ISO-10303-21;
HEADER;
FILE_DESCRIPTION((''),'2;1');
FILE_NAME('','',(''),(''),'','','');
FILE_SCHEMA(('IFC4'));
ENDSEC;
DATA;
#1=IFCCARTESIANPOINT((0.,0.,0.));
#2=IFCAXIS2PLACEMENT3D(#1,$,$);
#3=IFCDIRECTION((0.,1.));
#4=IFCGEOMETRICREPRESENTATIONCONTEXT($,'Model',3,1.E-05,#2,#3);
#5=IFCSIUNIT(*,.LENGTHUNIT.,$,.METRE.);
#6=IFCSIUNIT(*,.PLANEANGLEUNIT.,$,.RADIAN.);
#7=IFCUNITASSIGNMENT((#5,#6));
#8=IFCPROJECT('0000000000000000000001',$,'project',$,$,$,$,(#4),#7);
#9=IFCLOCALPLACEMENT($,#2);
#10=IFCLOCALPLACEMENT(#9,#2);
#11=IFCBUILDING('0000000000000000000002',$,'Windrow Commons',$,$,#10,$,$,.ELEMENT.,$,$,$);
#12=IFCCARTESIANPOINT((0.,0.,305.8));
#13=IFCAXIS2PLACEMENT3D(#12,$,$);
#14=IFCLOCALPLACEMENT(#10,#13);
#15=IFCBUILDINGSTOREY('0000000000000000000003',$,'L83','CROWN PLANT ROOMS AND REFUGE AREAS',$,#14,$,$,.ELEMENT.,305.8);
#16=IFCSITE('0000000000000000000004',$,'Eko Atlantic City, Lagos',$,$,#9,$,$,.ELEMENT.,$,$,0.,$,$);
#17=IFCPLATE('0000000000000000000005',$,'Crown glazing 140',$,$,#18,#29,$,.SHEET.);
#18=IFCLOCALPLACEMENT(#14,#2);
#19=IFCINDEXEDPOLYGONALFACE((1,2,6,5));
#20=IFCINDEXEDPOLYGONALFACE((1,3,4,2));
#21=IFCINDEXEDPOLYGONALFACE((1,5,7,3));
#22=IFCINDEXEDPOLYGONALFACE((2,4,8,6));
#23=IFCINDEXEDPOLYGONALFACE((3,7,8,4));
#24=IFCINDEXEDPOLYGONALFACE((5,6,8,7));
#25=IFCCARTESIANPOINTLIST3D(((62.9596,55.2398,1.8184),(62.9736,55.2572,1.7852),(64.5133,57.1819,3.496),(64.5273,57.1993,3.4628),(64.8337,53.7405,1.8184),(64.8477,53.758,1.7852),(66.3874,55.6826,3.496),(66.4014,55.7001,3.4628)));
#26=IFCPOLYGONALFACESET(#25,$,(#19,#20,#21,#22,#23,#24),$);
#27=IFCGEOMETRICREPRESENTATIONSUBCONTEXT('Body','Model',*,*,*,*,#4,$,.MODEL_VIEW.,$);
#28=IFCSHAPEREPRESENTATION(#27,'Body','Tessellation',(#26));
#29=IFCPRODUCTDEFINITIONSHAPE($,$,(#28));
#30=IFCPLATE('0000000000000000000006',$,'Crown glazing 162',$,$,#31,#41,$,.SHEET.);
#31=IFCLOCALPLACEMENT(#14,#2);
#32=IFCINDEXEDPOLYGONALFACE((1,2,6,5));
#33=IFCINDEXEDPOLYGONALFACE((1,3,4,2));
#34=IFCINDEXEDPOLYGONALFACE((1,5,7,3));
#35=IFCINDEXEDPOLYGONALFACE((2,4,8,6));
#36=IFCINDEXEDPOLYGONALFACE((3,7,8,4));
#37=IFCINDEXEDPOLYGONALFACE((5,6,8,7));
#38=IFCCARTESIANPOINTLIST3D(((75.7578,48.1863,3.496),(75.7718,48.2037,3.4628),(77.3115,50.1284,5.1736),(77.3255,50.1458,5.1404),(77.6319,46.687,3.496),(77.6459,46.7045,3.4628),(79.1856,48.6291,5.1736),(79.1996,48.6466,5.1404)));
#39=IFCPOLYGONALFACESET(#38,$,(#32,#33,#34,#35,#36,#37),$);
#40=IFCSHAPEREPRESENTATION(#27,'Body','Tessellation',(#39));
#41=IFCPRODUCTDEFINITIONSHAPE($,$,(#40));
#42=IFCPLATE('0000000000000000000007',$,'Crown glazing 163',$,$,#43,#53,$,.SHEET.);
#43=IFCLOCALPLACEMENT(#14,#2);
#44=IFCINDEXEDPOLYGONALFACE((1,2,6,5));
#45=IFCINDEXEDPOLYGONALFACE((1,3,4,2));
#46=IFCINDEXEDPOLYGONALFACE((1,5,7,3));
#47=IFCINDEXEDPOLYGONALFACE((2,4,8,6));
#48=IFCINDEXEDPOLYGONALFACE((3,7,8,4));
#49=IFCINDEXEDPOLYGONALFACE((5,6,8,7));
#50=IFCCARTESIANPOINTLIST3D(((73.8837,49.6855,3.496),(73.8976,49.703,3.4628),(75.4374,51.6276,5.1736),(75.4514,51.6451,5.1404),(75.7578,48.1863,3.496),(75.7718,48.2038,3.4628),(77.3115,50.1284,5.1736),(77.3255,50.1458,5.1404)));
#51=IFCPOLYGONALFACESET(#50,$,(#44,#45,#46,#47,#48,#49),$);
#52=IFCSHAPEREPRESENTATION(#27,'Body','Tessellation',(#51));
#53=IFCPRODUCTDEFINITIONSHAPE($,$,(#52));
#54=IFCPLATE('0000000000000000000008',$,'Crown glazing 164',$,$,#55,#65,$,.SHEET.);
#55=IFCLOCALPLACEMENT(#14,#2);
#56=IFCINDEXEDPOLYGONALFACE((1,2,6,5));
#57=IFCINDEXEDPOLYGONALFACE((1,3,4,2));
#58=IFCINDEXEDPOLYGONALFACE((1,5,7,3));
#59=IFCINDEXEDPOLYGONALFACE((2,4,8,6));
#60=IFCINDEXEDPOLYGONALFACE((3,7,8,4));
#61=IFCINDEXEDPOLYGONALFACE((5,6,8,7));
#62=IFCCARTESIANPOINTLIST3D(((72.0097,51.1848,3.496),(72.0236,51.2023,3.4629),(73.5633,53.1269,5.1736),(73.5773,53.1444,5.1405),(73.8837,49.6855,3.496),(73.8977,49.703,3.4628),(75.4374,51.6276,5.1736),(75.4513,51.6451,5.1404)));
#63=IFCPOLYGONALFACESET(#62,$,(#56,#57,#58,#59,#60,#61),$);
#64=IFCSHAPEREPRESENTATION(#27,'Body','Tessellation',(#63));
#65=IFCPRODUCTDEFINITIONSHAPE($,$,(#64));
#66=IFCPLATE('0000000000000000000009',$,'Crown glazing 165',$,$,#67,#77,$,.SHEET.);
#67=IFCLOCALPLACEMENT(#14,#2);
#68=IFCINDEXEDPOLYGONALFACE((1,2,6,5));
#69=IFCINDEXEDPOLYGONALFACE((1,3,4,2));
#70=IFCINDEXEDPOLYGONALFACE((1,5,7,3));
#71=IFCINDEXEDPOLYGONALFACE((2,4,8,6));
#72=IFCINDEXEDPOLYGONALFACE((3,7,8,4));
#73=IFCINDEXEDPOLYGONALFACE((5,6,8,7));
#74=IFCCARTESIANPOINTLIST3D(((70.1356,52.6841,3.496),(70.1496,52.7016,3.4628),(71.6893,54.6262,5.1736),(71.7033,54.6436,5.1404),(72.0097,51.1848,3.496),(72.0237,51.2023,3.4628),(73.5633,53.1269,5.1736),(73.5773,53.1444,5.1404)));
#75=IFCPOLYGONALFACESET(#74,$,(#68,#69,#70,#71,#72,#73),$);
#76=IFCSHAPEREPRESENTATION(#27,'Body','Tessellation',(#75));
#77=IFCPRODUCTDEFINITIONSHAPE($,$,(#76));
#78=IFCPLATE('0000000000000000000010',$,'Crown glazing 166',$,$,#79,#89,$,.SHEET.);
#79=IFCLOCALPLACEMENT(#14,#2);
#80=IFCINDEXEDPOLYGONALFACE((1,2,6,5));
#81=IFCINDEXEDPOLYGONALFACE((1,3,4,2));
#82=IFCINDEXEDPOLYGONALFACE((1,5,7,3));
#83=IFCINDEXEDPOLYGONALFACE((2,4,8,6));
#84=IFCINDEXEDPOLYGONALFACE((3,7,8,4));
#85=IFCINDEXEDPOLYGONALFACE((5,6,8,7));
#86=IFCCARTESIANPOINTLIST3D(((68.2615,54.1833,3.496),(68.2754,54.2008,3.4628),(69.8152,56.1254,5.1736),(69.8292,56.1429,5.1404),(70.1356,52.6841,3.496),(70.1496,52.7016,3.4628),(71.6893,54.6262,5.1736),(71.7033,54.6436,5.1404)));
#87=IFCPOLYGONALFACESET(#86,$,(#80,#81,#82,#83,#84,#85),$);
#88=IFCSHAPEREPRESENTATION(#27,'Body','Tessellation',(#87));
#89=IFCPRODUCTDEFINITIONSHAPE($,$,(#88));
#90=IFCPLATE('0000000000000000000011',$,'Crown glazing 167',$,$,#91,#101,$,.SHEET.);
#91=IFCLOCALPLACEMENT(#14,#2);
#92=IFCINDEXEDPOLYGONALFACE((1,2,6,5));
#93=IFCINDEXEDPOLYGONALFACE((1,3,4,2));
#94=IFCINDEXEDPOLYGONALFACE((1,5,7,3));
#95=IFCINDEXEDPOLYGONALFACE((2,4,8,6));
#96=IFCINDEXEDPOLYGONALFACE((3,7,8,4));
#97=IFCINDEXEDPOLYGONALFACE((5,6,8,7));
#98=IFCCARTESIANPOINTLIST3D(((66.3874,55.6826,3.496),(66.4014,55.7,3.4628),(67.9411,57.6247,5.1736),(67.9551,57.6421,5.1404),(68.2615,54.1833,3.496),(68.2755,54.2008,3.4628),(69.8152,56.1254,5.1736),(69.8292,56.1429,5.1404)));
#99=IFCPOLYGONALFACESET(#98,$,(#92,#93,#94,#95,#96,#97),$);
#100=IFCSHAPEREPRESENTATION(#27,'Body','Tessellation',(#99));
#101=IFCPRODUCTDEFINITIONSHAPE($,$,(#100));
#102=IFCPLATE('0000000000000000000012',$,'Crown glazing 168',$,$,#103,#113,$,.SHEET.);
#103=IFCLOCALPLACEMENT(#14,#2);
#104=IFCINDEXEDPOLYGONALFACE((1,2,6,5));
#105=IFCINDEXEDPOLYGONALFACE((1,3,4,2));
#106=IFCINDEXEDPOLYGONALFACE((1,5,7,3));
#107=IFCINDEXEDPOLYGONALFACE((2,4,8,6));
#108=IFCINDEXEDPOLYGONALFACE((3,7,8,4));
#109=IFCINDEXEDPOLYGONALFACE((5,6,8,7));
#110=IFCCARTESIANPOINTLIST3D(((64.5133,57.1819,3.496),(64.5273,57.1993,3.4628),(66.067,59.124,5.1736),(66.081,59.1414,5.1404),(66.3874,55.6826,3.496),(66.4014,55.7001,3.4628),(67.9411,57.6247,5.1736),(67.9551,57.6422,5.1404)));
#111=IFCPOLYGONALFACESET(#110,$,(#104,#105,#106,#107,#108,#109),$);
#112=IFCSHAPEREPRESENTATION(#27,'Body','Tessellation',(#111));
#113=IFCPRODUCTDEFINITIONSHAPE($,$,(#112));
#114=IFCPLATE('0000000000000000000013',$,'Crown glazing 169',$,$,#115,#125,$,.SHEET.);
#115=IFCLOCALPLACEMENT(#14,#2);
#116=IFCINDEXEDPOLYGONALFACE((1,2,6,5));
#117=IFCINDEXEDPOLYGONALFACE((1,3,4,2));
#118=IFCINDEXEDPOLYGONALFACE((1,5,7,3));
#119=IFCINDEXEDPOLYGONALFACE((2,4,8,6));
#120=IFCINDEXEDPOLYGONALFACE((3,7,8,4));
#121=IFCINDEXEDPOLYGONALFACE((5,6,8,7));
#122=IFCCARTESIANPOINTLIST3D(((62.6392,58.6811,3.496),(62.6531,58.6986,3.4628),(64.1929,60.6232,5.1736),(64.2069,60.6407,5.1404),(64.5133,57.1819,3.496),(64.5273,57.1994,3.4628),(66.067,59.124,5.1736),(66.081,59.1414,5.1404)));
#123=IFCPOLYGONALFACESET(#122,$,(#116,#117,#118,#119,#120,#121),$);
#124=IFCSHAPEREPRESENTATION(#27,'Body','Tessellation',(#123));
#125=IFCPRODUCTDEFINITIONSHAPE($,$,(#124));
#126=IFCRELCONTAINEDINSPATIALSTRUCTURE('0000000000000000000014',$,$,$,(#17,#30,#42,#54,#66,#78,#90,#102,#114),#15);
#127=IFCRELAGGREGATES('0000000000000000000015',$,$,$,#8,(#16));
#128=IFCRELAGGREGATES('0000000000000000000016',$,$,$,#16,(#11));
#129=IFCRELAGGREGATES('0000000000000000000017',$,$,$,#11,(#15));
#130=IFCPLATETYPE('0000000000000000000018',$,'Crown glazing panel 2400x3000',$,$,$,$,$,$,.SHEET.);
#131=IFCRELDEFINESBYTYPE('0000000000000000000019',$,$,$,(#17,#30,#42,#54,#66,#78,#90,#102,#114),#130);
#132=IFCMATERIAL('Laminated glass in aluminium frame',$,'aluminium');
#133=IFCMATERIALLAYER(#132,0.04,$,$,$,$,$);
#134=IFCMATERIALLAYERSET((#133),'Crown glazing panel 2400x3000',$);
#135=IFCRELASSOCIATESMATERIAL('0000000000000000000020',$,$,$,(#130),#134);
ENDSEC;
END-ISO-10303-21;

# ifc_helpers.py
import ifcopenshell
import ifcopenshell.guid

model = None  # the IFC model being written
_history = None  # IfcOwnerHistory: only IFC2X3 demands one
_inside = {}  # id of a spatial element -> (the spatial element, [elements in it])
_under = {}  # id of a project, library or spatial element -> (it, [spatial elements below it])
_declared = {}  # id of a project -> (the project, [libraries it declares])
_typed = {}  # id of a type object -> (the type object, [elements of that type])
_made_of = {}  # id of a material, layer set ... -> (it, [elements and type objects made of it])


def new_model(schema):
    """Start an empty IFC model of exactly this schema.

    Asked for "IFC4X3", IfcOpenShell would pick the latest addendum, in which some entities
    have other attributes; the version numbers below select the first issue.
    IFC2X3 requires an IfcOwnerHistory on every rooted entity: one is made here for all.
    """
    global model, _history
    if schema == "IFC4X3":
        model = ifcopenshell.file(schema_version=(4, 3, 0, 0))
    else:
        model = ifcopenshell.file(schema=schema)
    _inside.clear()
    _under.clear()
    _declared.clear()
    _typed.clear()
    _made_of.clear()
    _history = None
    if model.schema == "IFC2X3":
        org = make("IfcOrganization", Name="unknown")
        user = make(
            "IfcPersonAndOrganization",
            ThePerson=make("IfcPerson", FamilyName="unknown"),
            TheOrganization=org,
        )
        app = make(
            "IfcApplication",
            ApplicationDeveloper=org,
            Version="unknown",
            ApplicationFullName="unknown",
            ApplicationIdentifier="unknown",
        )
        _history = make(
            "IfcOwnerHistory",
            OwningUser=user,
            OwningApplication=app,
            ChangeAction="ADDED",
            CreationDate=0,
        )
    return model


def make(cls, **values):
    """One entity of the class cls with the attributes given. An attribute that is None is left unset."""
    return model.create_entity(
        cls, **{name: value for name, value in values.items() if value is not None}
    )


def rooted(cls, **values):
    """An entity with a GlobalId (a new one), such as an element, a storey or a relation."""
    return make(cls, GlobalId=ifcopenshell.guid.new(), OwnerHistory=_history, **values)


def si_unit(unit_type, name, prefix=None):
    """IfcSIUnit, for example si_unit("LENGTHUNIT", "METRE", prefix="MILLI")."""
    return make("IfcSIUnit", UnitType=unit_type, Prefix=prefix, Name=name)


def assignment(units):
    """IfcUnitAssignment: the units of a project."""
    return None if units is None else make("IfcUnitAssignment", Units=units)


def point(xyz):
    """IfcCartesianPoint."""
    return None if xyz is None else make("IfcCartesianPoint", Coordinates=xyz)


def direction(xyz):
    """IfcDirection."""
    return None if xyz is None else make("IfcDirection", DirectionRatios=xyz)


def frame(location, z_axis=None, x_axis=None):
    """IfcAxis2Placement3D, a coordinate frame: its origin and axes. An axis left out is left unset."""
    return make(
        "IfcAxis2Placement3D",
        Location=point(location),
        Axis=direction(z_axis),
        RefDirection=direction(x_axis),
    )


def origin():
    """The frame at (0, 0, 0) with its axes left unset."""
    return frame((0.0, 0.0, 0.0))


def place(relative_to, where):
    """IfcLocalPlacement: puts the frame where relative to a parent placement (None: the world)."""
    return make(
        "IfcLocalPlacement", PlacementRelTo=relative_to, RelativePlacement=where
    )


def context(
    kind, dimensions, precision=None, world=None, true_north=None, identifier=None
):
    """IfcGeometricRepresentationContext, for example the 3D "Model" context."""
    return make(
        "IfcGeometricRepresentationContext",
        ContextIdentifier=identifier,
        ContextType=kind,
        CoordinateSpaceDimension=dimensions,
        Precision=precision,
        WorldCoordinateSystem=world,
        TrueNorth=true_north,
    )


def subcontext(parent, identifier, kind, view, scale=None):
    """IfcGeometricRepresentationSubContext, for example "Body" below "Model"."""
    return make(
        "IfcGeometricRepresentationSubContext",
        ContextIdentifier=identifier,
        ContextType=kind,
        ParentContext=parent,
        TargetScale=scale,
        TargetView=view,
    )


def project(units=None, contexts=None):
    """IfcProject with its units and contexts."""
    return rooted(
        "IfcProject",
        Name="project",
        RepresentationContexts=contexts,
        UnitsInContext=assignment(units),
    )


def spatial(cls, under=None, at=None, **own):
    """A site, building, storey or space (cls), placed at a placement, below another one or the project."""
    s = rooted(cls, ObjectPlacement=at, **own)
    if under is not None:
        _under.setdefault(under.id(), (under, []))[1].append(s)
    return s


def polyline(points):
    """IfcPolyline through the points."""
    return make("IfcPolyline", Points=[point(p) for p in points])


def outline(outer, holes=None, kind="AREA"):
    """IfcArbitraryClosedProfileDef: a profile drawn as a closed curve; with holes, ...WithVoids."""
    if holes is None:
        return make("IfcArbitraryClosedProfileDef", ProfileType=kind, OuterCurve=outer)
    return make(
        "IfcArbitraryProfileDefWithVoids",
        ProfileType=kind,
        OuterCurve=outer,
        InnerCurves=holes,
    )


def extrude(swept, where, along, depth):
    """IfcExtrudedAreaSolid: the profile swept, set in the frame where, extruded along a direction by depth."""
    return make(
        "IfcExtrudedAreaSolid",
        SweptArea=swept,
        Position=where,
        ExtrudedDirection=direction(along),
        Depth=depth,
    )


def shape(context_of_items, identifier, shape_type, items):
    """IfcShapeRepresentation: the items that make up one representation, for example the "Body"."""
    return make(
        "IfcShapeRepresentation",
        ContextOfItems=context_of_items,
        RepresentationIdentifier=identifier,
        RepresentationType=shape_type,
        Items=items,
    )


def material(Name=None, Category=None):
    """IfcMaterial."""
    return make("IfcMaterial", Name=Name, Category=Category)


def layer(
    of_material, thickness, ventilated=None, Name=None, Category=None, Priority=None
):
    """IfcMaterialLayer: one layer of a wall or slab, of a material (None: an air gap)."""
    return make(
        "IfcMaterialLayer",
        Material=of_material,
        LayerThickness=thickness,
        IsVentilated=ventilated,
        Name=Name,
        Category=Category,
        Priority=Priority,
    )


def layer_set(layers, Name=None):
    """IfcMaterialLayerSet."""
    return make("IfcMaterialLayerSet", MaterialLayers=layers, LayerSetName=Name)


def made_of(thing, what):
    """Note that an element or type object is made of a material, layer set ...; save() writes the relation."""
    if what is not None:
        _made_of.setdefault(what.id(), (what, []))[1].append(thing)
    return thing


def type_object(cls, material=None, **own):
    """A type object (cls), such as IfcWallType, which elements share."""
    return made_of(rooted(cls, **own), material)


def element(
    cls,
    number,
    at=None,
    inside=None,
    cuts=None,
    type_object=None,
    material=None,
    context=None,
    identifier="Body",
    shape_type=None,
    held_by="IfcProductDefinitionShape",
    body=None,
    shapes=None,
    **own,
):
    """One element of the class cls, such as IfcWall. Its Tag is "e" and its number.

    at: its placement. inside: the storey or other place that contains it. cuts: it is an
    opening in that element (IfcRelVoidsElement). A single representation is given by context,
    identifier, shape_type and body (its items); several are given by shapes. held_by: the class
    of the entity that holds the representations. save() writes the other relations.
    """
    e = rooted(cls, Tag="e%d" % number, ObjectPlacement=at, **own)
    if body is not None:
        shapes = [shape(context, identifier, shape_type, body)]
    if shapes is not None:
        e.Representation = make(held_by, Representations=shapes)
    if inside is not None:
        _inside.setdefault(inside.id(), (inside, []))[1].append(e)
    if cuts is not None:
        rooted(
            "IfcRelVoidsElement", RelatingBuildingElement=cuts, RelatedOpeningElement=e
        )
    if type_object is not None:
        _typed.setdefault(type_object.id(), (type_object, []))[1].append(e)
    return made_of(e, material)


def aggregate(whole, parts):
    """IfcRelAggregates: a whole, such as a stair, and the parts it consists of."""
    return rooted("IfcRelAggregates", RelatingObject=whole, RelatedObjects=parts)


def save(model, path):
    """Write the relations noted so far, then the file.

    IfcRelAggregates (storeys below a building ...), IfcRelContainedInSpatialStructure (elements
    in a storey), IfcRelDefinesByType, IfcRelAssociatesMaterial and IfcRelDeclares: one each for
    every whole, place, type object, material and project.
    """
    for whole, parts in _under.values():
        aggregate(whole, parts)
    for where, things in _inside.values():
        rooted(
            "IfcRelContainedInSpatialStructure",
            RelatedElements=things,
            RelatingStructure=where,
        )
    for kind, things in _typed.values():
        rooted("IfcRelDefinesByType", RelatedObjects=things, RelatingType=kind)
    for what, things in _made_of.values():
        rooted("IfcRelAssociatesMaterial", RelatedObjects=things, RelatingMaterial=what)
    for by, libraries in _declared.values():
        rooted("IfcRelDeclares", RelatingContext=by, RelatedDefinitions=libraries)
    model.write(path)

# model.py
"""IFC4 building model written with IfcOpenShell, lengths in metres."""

from ifc_helpers import new_model, si_unit, direction, frame, origin, place, context, subcontext, project, spatial, polyline, outline, extrude, material, layer, layer_set, type_object, element, save


model = new_model("IFC4")

# Units and contexts
model_context = context("Model", 3, precision=1e-05, world=origin(), true_north=direction((0.0, 1.0)))
body_context = subcontext(model_context, "Body", "Model", "MODEL_VIEW")
ifc_project = project(units=[si_unit("LENGTHUNIT", "METRE"), si_unit("PLANEANGLEUNIT", "RADIAN")], contexts=[model_context])

# Site, building, storey
site_placement = place(None, origin())
site = spatial("IfcSite", under=ifc_project, at=site_placement, Name="Eko Atlantic City, Lagos", CompositionType="ELEMENT", RefElevation=0.0)
building_placement = place(site_placement, origin())
building = spatial("IfcBuilding", under=site, at=building_placement, Name="Windrow Commons", CompositionType="ELEMENT")
storey_placement = place(building_placement, frame((0.0, 0.0, 305.8)))
storey = spatial("IfcBuildingStorey", under=building, at=storey_placement, Name="L83", Description="CROWN PLANT ROOMS AND REFUGE AREAS", CompositionType="ELEMENT", Elevation=305.8)

# Plates
ifc_material = material(Name="Laminated glass in aluminium frame", Category="aluminium")
ifc_layer = layer(ifc_material, 0.04)
ifc_layer_set = layer_set([ifc_layer], Name="Crown glazing panel 2400x3000")
plate_type = type_object("IfcPlateType", Name="Crown glazing panel 2400x3000", PredefinedType="SHEET", material=ifc_layer_set)
for number, where, z_axis, x_axis, name in (
    (1, (64.8337, 53.7405, 1.8184), (-0.349331, -0.436658, 0.829034), (-0.780865, 0.6247, 0.0), "Crown glazing 140"),
    (2, (77.6319, 46.687, 3.496), (-0.349331, -0.436658, 0.829034), (-0.780865, 0.6247, 0.0), "Crown glazing 162"),
):
    element("IfcPlate", number, at=place(storey_placement, frame(where, z_axis=z_axis, x_axis=x_axis)), inside=storey, type_object=plate_type, Name=name, PredefinedType="SHEET", context=body_context, shape_type="SweptSolid", body=[
        extrude(outline(polyline([(0.0, 0.0), (2.4, 0.0), (2.4, -3.0), (0.0, -3.0), (0.0, 0.0)])), origin(), (0.0, 0.0, -1.0), 0.04),
    ])
plate_1_placement = place(storey_placement, frame((75.7578, 48.1863, 3.496), z_axis=(-0.349317, -0.436669, 0.829034), x_axis=(-0.780885, 0.624675, 0.0)))
element("IfcPlate", 3, at=plate_1_placement, inside=storey, type_object=plate_type, Name="Crown glazing 163", PredefinedType="SHEET", context=body_context, shape_type="SweptSolid", body=[
    extrude(outline(polyline([(0.0, 0.0), (2.4, 0.0), (2.3999, -3.0), (-0.0001, -3.0), (0.0, 0.0)])), origin(), (0.0, 0.0, -1.0), 0.04),
])
plate_2_placement = place(storey_placement, frame((73.8837, 49.6855, 3.496), z_axis=(-0.349339, -0.436657, 0.829031), x_axis=(-0.780851, 0.624717, 0.000006)))
element("IfcPlate", 4, at=plate_2_placement, inside=storey, type_object=plate_type, Name="Crown glazing 164", PredefinedType="SHEET", context=body_context, shape_type="SweptSolid", body=[
    extrude(outline(polyline([(0.0, 0.0), (2.4, 0.0), (2.4001, -3.0), (0.0001, -3.0), (0.0, 0.0)])), origin(), (0.0, 0.0, -1.0), 0.04),
])
plate_3_placement = place(storey_placement, frame((72.0097, 51.1848, 3.496), z_axis=(-0.349339, -0.436657, 0.829031), x_axis=(-0.780862, 0.624703, -0.000006)))
element("IfcPlate", 5, at=plate_3_placement, inside=storey, type_object=plate_type, Name="Crown glazing 165", PredefinedType="SHEET", context=body_context, shape_type="SweptSolid", body=[
    extrude(outline(polyline([(0.0, 0.0), (2.4, 0.0), (2.4, -3.0), (0.0001, -3.0), (0.0, 0.0)])), origin(), (0.0, 0.0, -1.0), 0.04),
])
plate_4_placement = place(storey_placement, frame((70.1356, 52.6841, 3.496), z_axis=(-0.349317, -0.436669, 0.829034), x_axis=(-0.780885, 0.624675, 0.0)))
element("IfcPlate", 6, at=plate_4_placement, inside=storey, type_object=plate_type, Name="Crown glazing 166", PredefinedType="SHEET", context=body_context, shape_type="SweptSolid", body=[
    extrude(outline(polyline([(0.0, 0.0), (2.4, 0.0), (2.3999, -3.0), (-0.0001, -3.0), (0.0, 0.0)])), origin(), (0.0, 0.0, -1.0), 0.04),
])
for number, where, z_axis, x_axis, name in (
    (7, (68.2615, 54.1833, 3.496), (-0.349331, -0.436658, 0.829034), (-0.780865, 0.6247, 0.0), "Crown glazing 167"),
    (8, (66.3874, 55.6826, 3.496), (-0.349331, -0.436658, 0.829034), (-0.780865, 0.6247, 0.0), "Crown glazing 168"),
):
    element("IfcPlate", number, at=place(storey_placement, frame(where, z_axis=z_axis, x_axis=x_axis)), inside=storey, type_object=plate_type, Name=name, PredefinedType="SHEET", context=body_context, shape_type="SweptSolid", body=[
        extrude(outline(polyline([(0.0, 0.0), (2.4, 0.0), (2.4, -3.0), (0.0, -3.0), (0.0, 0.0)])), origin(), (0.0, 0.0, -1.0), 0.04),
    ])
plate_5_placement = place(storey_placement, frame((64.5133, 57.1819, 3.496), z_axis=(-0.349317, -0.436669, 0.829034), x_axis=(-0.780885, 0.624675, 0.0)))
element("IfcPlate", 9, at=plate_5_placement, inside=storey, type_object=plate_type, Name="Crown glazing 169", PredefinedType="SHEET", context=body_context, shape_type="SweptSolid", body=[
    extrude(outline(polyline([(0.0, 0.0), (2.4, 0.0), (2.3999, -3.0), (-0.0001, -3.0), (0.0, 0.0)])), origin(), (0.0, 0.0, -1.0), 0.04),
])

save(model, "model.ifc")
